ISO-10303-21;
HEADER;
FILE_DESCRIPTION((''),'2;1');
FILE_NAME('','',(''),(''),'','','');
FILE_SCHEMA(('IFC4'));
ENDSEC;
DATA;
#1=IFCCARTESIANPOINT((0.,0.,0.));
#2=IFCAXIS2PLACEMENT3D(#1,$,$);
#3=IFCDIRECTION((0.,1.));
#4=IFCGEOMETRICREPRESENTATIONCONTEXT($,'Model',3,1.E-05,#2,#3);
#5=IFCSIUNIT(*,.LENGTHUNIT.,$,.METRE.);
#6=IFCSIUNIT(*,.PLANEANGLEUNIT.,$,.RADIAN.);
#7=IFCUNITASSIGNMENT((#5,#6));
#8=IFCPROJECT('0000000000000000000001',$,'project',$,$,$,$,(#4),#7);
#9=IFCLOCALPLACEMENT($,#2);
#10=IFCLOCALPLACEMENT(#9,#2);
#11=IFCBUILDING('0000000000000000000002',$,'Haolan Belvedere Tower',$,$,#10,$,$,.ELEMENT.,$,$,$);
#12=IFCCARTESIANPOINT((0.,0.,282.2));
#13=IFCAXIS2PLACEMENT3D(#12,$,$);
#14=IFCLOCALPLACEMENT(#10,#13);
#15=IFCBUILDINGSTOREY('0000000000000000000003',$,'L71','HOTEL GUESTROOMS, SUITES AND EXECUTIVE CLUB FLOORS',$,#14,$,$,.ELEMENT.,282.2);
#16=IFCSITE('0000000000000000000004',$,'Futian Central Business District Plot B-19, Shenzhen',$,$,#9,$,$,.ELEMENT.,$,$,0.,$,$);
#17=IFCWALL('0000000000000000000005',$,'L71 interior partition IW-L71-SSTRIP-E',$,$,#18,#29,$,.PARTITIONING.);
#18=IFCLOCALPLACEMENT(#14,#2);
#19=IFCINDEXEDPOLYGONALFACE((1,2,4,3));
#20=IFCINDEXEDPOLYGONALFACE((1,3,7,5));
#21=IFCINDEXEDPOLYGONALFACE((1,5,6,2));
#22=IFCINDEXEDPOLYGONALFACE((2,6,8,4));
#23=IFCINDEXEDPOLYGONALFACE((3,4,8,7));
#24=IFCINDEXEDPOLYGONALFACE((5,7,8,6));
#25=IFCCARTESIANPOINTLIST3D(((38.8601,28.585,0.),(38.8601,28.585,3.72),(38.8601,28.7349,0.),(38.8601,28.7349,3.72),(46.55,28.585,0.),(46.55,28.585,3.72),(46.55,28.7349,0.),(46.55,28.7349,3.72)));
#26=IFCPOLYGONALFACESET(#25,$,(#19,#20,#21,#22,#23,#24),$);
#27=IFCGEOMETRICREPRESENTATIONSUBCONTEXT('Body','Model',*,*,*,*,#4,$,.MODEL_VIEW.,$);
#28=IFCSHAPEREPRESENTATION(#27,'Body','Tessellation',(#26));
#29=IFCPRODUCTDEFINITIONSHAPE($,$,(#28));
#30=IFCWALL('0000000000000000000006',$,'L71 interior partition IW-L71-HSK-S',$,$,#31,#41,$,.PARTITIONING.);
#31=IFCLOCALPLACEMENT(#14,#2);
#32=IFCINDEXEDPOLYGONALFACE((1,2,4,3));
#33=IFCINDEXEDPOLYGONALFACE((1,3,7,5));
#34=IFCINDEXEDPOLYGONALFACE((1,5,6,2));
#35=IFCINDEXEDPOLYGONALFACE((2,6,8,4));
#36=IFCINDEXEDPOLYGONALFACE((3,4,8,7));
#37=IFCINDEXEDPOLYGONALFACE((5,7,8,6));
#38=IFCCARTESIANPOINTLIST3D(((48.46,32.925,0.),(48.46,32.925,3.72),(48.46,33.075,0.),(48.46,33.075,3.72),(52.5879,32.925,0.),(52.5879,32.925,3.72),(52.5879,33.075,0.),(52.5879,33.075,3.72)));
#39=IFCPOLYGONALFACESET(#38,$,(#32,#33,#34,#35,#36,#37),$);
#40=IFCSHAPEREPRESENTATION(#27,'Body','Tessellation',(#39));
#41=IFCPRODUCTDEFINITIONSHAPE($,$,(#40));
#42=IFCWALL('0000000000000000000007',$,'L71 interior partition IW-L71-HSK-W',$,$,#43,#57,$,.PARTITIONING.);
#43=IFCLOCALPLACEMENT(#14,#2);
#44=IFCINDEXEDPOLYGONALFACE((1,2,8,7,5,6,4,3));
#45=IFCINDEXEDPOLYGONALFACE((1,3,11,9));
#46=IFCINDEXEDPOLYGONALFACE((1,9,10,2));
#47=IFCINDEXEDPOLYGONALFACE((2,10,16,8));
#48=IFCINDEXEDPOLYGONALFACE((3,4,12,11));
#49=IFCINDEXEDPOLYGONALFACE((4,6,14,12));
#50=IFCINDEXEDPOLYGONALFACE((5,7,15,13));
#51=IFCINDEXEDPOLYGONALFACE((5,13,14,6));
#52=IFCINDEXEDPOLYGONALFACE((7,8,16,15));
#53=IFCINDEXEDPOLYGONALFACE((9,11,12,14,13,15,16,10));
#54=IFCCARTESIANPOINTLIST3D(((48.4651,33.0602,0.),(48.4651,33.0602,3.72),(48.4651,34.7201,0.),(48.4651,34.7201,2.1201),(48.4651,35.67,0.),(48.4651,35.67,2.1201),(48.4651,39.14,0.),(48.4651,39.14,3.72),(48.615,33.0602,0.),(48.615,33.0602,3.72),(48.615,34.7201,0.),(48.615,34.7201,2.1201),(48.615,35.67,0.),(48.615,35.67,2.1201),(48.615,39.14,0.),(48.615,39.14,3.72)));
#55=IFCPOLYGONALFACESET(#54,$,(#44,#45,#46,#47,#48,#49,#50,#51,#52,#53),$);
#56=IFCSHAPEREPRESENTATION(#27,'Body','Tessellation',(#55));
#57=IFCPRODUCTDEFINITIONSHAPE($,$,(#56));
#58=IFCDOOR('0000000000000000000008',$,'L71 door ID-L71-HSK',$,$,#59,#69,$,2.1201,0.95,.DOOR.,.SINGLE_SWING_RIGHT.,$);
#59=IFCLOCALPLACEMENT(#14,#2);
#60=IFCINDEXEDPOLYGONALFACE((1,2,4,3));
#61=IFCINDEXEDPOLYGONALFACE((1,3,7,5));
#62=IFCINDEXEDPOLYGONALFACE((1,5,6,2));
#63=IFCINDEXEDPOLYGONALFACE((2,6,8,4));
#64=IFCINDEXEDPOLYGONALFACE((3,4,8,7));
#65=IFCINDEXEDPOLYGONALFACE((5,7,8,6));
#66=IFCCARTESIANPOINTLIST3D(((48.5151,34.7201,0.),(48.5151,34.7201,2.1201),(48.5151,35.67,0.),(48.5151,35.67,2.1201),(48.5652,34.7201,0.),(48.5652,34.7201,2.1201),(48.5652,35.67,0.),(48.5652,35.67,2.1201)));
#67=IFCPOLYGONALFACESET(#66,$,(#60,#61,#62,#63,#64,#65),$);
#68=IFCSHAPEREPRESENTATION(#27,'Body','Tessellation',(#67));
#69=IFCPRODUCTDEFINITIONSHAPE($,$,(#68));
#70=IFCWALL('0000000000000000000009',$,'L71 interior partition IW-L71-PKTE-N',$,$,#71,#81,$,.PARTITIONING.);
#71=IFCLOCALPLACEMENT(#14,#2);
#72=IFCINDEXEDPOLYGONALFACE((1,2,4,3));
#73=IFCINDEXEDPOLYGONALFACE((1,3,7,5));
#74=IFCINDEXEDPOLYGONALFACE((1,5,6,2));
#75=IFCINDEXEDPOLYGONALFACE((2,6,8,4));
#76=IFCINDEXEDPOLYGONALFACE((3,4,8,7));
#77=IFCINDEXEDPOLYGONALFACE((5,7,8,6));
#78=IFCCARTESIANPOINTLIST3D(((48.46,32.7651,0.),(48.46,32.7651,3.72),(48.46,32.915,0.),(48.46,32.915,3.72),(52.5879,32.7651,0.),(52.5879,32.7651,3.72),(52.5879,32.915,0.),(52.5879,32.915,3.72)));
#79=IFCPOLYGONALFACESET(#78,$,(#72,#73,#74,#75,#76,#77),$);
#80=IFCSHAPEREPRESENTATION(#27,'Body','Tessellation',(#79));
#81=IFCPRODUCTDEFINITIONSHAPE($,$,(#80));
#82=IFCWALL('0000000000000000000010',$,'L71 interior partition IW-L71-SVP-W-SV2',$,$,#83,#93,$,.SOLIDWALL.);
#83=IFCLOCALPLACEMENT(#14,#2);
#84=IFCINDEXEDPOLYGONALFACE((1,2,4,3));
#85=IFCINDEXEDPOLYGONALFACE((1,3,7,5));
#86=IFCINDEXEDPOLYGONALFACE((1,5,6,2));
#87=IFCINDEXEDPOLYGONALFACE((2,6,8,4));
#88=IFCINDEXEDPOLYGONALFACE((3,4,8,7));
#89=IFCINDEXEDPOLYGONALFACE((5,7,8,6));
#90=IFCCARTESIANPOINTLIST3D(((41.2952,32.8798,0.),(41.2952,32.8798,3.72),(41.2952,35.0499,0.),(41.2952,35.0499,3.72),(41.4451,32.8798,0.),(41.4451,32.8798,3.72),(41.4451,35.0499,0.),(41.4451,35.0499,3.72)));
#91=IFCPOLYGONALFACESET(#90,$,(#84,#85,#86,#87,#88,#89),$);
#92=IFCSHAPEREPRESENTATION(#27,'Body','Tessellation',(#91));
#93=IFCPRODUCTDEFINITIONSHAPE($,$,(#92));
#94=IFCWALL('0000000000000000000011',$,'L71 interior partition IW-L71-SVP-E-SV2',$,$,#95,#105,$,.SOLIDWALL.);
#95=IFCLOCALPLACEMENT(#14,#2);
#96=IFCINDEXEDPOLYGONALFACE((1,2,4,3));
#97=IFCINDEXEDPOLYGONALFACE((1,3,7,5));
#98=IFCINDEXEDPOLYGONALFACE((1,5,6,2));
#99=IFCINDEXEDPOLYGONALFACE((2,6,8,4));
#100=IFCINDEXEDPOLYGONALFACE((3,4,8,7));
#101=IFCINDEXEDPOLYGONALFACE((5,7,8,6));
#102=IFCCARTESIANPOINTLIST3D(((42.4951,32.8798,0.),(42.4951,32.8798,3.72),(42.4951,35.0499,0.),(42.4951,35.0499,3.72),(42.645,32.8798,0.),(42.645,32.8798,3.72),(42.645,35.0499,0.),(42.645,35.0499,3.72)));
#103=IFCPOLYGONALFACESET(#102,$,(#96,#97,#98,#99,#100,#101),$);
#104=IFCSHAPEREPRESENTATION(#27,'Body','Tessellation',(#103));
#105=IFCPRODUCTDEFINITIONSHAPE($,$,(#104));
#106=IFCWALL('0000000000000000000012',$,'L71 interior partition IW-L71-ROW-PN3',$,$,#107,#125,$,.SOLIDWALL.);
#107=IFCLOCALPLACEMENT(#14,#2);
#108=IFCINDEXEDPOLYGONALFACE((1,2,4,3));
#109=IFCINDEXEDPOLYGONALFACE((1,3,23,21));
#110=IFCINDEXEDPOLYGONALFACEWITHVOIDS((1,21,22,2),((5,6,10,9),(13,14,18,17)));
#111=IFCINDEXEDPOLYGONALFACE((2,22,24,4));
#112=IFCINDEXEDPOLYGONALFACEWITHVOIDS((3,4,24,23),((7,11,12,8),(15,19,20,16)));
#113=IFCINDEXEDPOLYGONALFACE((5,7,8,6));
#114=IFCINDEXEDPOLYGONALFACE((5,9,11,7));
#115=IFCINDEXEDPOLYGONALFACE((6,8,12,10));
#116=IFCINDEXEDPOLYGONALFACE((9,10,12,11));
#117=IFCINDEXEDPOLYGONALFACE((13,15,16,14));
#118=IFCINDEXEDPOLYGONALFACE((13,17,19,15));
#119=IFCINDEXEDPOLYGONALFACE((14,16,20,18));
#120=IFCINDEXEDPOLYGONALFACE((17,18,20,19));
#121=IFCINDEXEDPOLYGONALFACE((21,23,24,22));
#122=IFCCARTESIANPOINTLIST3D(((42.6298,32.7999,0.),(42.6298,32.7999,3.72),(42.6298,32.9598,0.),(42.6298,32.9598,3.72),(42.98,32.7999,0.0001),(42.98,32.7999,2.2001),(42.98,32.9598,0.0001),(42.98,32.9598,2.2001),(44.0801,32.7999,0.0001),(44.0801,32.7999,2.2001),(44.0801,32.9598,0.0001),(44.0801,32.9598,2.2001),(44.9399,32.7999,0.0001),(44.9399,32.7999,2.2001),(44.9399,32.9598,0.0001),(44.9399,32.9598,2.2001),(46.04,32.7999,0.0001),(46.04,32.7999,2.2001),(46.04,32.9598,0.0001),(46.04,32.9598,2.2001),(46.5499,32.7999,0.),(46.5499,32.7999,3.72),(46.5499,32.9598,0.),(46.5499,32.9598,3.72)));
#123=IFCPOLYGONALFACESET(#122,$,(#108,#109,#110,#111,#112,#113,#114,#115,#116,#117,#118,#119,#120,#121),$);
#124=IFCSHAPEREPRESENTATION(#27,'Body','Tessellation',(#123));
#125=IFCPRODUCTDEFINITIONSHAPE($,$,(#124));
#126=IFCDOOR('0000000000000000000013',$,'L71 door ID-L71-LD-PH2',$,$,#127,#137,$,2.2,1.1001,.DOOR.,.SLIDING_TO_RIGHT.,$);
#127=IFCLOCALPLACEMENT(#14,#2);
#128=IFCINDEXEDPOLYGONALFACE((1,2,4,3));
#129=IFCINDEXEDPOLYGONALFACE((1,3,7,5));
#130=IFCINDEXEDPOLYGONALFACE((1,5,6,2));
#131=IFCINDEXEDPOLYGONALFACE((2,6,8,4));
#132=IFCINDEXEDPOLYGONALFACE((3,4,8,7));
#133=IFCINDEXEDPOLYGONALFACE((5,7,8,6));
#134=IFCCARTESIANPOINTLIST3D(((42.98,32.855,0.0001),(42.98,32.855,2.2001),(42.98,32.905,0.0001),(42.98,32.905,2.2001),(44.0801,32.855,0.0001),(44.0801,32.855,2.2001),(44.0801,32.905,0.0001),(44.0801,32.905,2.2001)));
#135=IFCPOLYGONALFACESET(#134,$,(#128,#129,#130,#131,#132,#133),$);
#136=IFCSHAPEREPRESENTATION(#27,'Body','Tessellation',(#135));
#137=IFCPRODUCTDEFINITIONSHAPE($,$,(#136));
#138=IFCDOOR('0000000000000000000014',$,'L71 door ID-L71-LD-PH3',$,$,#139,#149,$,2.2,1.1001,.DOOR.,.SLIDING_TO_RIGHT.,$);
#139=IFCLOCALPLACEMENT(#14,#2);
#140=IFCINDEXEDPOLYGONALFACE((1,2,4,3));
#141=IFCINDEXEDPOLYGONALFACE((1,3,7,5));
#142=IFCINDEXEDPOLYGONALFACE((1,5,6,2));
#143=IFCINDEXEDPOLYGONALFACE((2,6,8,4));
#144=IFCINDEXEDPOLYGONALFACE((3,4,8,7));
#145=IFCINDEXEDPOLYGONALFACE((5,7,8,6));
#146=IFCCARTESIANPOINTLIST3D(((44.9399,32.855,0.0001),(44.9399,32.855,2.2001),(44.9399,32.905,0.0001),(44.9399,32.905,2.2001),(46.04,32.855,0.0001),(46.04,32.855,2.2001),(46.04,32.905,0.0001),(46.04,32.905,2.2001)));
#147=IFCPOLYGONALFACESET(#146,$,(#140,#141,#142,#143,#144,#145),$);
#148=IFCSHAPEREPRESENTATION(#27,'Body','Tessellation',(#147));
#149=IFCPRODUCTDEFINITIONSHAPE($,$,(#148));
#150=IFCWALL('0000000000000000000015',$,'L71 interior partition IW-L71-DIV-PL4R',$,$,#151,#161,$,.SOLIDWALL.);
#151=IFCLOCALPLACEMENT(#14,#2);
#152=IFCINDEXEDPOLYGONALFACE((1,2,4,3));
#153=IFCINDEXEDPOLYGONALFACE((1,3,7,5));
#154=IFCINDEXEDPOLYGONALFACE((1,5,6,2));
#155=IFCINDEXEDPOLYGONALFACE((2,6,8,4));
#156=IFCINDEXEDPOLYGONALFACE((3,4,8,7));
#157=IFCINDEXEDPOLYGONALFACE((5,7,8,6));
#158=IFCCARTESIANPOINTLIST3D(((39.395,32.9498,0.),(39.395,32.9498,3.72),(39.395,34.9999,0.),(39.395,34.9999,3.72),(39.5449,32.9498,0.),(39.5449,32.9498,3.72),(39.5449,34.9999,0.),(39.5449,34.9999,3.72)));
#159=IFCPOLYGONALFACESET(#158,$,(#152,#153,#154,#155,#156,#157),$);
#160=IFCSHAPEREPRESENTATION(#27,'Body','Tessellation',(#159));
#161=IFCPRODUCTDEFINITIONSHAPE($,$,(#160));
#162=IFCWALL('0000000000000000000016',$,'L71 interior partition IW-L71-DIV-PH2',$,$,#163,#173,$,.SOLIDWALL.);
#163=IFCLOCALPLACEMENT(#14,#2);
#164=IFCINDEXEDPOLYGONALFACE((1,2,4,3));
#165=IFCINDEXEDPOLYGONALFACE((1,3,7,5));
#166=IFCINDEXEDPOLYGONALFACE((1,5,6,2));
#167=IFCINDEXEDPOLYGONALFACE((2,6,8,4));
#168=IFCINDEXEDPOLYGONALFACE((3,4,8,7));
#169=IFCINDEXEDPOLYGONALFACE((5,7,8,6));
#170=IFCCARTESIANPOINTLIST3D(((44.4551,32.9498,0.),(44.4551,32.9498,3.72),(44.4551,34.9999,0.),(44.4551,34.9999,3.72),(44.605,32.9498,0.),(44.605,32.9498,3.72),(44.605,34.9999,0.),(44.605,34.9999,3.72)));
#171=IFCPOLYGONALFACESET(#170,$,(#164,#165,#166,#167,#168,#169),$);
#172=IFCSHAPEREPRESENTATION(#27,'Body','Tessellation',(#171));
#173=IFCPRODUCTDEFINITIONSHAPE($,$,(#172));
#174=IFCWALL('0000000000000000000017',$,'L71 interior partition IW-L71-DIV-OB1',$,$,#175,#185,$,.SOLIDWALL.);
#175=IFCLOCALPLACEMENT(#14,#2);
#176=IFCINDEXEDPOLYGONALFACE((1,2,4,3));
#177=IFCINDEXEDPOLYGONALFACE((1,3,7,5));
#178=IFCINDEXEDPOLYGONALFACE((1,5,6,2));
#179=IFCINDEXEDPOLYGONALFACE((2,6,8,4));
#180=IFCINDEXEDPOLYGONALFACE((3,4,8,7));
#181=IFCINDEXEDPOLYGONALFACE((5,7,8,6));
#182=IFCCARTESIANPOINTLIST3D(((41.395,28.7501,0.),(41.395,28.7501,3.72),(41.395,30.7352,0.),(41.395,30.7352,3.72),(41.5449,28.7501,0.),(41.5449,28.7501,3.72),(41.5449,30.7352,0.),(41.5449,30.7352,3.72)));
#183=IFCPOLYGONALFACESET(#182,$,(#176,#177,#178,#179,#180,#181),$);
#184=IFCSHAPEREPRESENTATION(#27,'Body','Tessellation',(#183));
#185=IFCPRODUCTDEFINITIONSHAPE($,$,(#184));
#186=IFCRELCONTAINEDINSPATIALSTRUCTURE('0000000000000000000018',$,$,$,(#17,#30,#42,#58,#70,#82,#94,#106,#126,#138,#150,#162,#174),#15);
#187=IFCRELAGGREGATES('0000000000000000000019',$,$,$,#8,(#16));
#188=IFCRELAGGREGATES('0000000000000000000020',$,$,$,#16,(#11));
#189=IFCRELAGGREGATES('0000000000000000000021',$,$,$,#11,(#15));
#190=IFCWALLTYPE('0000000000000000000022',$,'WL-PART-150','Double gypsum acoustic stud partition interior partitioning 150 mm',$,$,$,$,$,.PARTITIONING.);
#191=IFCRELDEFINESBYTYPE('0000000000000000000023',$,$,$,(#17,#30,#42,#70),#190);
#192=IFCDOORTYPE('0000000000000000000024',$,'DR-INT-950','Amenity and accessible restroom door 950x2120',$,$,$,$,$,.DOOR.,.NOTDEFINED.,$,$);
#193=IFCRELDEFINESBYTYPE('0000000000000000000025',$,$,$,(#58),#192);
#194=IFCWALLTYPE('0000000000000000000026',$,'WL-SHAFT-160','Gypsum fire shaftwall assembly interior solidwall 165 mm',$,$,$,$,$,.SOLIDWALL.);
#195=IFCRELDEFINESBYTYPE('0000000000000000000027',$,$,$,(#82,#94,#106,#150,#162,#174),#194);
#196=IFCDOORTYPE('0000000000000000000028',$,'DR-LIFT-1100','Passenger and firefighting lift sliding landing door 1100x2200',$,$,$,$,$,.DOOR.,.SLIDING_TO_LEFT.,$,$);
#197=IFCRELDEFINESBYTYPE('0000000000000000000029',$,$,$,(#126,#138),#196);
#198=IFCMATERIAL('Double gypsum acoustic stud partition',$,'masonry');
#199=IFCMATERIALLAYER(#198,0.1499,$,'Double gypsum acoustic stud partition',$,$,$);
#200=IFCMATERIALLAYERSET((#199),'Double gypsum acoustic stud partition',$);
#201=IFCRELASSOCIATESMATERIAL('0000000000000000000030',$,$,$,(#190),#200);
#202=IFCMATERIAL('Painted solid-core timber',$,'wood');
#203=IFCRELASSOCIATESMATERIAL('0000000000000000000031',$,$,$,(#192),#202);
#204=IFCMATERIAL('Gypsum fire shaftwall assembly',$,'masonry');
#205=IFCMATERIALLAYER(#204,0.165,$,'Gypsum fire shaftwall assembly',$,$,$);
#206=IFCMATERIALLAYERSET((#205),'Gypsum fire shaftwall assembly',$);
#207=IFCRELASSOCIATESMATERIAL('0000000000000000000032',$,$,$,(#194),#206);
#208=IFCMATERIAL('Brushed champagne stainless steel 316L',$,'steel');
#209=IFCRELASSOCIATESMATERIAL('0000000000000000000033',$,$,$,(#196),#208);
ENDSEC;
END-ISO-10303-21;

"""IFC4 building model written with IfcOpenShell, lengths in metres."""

from ifc_helpers import new_model, si_unit, direction, frame, frame_2d, origin, place, context, subcontext, project, spatial, rectangle, extrude, material, layer, layer_set, type_object, element, fill, save


model = new_model("IFC4")

# Units and contexts
model_context = context("Model", 3, precision=1e-05, world=origin(), true_north=direction((0.0, 1.0)))
body_context = subcontext(model_context, "Body", "Model", "MODEL_VIEW")
ifc_project = project(units=[si_unit("LENGTHUNIT", "METRE"), si_unit("PLANEANGLEUNIT", "RADIAN")], contexts=[model_context])

# Site, building, storey
site_placement = place(None, origin())
site = spatial("IfcSite", under=ifc_project, at=site_placement, Name="Futian Central Business District Plot B-19, Shenzhen", CompositionType="ELEMENT", RefElevation=0.0)
building_placement = place(site_placement, origin())
building = spatial("IfcBuilding", under=site, at=building_placement, Name="Haolan Belvedere Tower", CompositionType="ELEMENT")
storey_placement = place(building_placement, frame((0.0, 0.0, 282.2)))
storey = spatial("IfcBuildingStorey", under=building, at=storey_placement, Name="L71", Description="HOTEL GUESTROOMS, SUITES AND EXECUTIVE CLUB FLOORS", CompositionType="ELEMENT", Elevation=282.2)

# Walls
ifc_material_1 = material(Name="Double gypsum acoustic stud partition", Category="masonry")
ifc_layer_1 = layer(ifc_material_1, 0.1499, Name="Double gypsum acoustic stud partition")
ifc_layer_set_1 = layer_set([ifc_layer_1], Name="Double gypsum acoustic stud partition")
wall_type_1 = type_object("IfcWallType", Name="WL-PART-150", Description="Double gypsum acoustic stud partition interior partitioning 150 mm", PredefinedType="PARTITIONING", material=ifc_layer_set_1)
wall_1_placement = place(storey_placement, frame((38.8601, 28.6599, 0.0), z_axis=(0.0, 0.0, 1.0), x_axis=(1.0, 0.0, 0.0)))
element("IfcWall", 1, at=wall_1_placement, inside=storey, type_object=wall_type_1, Name="L71 interior partition IW-L71-SSTRIP-E", PredefinedType="PARTITIONING", context=body_context, shape_type="SweptSolid", body=[
    extrude(rectangle(XDim=7.6899, YDim=0.1499, at=frame_2d((3.845, 0.0))), origin(), (0.0, 0.0, 1.0), 3.72),
])
wall_2_placement = place(storey_placement, frame((48.46, 33.0, 0.0), z_axis=(0.0, 0.0, 1.0), x_axis=(1.0, 0.0, 0.0)))
element("IfcWall", 2, at=wall_2_placement, inside=storey, type_object=wall_type_1, Name="L71 interior partition IW-L71-HSK-S", PredefinedType="PARTITIONING", context=body_context, shape_type="SweptSolid", body=[
    extrude(rectangle(XDim=4.1279, YDim=0.1499, at=frame_2d((2.064, 0.0))), origin(), (0.0, 0.0, 1.0), 3.72),
])

# Wall, opening, door
wall_3_placement = place(storey_placement, frame((48.54, 33.0601, 0.0), z_axis=(0.0, 0.0, 1.0), x_axis=(0.0, 1.0, 0.0)))
wall_3 = element("IfcWall", 3, at=wall_3_placement, inside=storey, type_object=wall_type_1, Name="L71 interior partition IW-L71-HSK-W", PredefinedType="PARTITIONING", context=body_context, shape_type="SweptSolid", body=[
    extrude(rectangle(XDim=6.0798, YDim=0.1499, at=frame_2d((3.04, 0.0))), origin(), (0.0, 0.0, 1.0), 3.72),
])
opening_1_placement = place(wall_3_placement, frame((1.6599, 0.0, 0.0)))
opening_1 = element("IfcOpeningElement", 4, at=opening_1_placement, cuts=wall_3, PredefinedType="OPENING", context=body_context, shape_type="SweptSolid", body=[
    extrude(rectangle(XDim=0.95, YDim=2.1201, at=frame_2d((0.4751, 1.0601))), frame((0.0, 0.085, 0.0), z_axis=(0.0, -1.0, 0.0), x_axis=(1.0, 0.0, 0.0)), (0.0, 0.0, 1.0), 0.1699),
])
ifc_material_2 = material(Name="Painted solid-core timber", Category="wood")
door_type_1 = type_object("IfcDoorType", Name="DR-INT-950", Description="Amenity and accessible restroom door 950x2120", OperationType="NOTDEFINED", PredefinedType="DOOR", material=ifc_material_2)
door_1_placement = place(opening_1_placement, origin())
door_1 = element("IfcDoor", 5, at=door_1_placement, inside=storey, type_object=door_type_1, Name="L71 door ID-L71-HSK", OperationType="SINGLE_SWING_RIGHT", OverallHeight=2.1201, OverallWidth=0.95, PredefinedType="DOOR", context=body_context, shape_type="SweptSolid", body=[
    extrude(rectangle(XDim=0.95, YDim=2.1201, at=frame_2d((0.4751, 1.0601))), frame((0.0, 0.0249, 0.0), z_axis=(0.0, -1.0, 0.0), x_axis=(1.0, 0.0, 0.0)), (0.0, 0.0, 1.0), 0.05),
])
fill(opening_1, door_1)

# Walls
wall_4_placement = place(storey_placement, frame((48.46, 32.8401, 0.0), z_axis=(0.0, 0.0, 1.0), x_axis=(1.0, 0.0, 0.0)))
element("IfcWall", 6, at=wall_4_placement, inside=storey, type_object=wall_type_1, Name="L71 interior partition IW-L71-PKTE-N", PredefinedType="PARTITIONING", context=body_context, shape_type="SweptSolid", body=[
    extrude(rectangle(XDim=4.1279, YDim=0.1499, at=frame_2d((2.064, 0.0))), origin(), (0.0, 0.0, 1.0), 3.72),
])
ifc_material_3 = material(Name="Gypsum fire shaftwall assembly", Category="masonry")
ifc_layer_2 = layer(ifc_material_3, 0.165, Name="Gypsum fire shaftwall assembly")
ifc_layer_set_2 = layer_set([ifc_layer_2], Name="Gypsum fire shaftwall assembly")
wall_type_2 = type_object("IfcWallType", Name="WL-SHAFT-160", Description="Gypsum fire shaftwall assembly interior solidwall 165 mm", PredefinedType="SOLIDWALL", material=ifc_layer_set_2)
for number, where, z_axis, x_axis, name in (
    (7, (41.3701, 32.8799, 0.0), (0.0, 0.0, 1.0), (0.0, 1.0, 0.0), "L71 interior partition IW-L71-SVP-W-SV2"),
    (8, (42.5701, 32.8799, 0.0), (0.0, 0.0, 1.0), (0.0, 1.0, 0.0), "L71 interior partition IW-L71-SVP-E-SV2"),
):
    element("IfcWall", number, at=place(storey_placement, frame(where, z_axis=z_axis, x_axis=x_axis)), inside=storey, type_object=wall_type_2, Name=name, PredefinedType="SOLIDWALL", context=body_context, shape_type="SweptSolid", body=[
        extrude(rectangle(XDim=2.1702, YDim=0.1499, at=frame_2d((1.085, 0.0))), origin(), (0.0, 0.0, 1.0), 3.72),
    ])

# Wall, openings, doors
wall_5_placement = place(storey_placement, frame((42.6299, 32.8799, 0.0), z_axis=(0.0, 0.0, 1.0), x_axis=(1.0, 0.0, 0.0)))
wall_5 = element("IfcWall", 9, at=wall_5_placement, inside=storey, type_object=wall_type_2, Name="L71 interior partition IW-L71-ROW-PN3", PredefinedType="SOLIDWALL", context=body_context, shape_type="SweptSolid", body=[
    extrude(rectangle(XDim=3.9202, YDim=0.1599, at=frame_2d((1.96, 0.0))), origin(), (0.0, 0.0, 1.0), 3.72),
])
opening_2_placement = place(wall_5_placement, frame((1.4502, 0.0, 0.0), z_axis=(0.0, 0.0, 1.0), x_axis=(-1.0, 0.0, 0.0)))
opening_2 = element("IfcOpeningElement", 10, at=opening_2_placement, cuts=wall_5, PredefinedType="OPENING", context=body_context, shape_type="SweptSolid", body=[
    extrude(rectangle(XDim=1.1001, YDim=2.2, at=frame_2d((0.55, 1.1001))), frame((0.0, 0.0898, 0.0), z_axis=(0.0, -1.0, 0.0), x_axis=(1.0, 0.0, 0.0)), (0.0, 0.0, 1.0), 0.1799),
])
opening_3_placement = place(wall_5_placement, frame((3.4102, 0.0, 0.0), z_axis=(0.0, 0.0, 1.0), x_axis=(-1.0, 0.0, 0.0)))
opening_3 = element("IfcOpeningElement", 11, at=opening_3_placement, cuts=wall_5, PredefinedType="OPENING", context=body_context, shape_type="SweptSolid", body=[
    extrude(rectangle(XDim=1.1001, YDim=2.2, at=frame_2d((0.55, 1.1001))), frame((0.0, 0.0898, 0.0), z_axis=(0.0, -1.0, 0.0), x_axis=(1.0, 0.0, 0.0)), (0.0, 0.0, 1.0), 0.1799),
])
ifc_material_4 = material(Name="Brushed champagne stainless steel 316L", Category="steel")
door_type_2 = type_object("IfcDoorType", Name="DR-LIFT-1100", Description="Passenger and firefighting lift sliding landing door 1100x2200", OperationType="SLIDING_TO_LEFT", PredefinedType="DOOR", material=ifc_material_4)
door_2_placement = place(opening_2_placement, origin())
door_2 = element("IfcDoor", 12, at=door_2_placement, inside=storey, type_object=door_type_2, Name="L71 door ID-L71-LD-PH2", OperationType="SLIDING_TO_RIGHT", OverallHeight=2.2, OverallWidth=1.1001, PredefinedType="DOOR", context=body_context, shape_type="SweptSolid", body=[
    extrude(rectangle(XDim=1.1001, YDim=2.2, at=frame_2d((0.55, 1.1001))), frame((0.0, 0.0249, 0.0), z_axis=(0.0, -1.0, 0.0), x_axis=(1.0, 0.0, 0.0)), (0.0, 0.0, 1.0), 0.05),
])
fill(opening_2, door_2)
door_3_placement = place(opening_3_placement, origin())
door_3 = element("IfcDoor", 13, at=door_3_placement, inside=storey, type_object=door_type_2, Name="L71 door ID-L71-LD-PH3", OperationType="SLIDING_TO_RIGHT", OverallHeight=2.2, OverallWidth=1.1001, PredefinedType="DOOR", context=body_context, shape_type="SweptSolid", body=[
    extrude(rectangle(XDim=1.1001, YDim=2.2, at=frame_2d((0.55, 1.1001))), frame((0.0, 0.0249, 0.0), z_axis=(0.0, -1.0, 0.0), x_axis=(1.0, 0.0, 0.0)), (0.0, 0.0, 1.0), 0.05),
])
fill(opening_3, door_3)

# Walls
for number, where, z_axis, x_axis, name in (
    (14, (39.47, 32.95, 0.0), (0.0, 0.0, 1.0), (0.0, 1.0, 0.0), "L71 interior partition IW-L71-DIV-PL4R"),
    (15, (44.53, 32.95, 0.0), (0.0, 0.0, 1.0), (0.0, 1.0, 0.0), "L71 interior partition IW-L71-DIV-PH2"),
):
    element("IfcWall", number, at=place(storey_placement, frame(where, z_axis=z_axis, x_axis=x_axis)), inside=storey, type_object=wall_type_2, Name=name, PredefinedType="SOLIDWALL", context=body_context, shape_type="SweptSolid", body=[
        extrude(rectangle(XDim=2.05, YDim=0.1499, at=frame_2d((1.0249, 0.0))), origin(), (0.0, 0.0, 1.0), 3.72),
    ])
for number, where, z_axis, x_axis, name in (
    (16, (41.47, 28.75, 0.0), (0.0, 0.0, 1.0), (0.0, 1.0, 0.0), "L71 interior partition IW-L71-DIV-OB1"),
):
    element("IfcWall", number, at=place(storey_placement, frame(where, z_axis=z_axis, x_axis=x_axis)), inside=storey, type_object=wall_type_2, Name=name, PredefinedType="SOLIDWALL", context=body_context, shape_type="SweptSolid", body=[
        extrude(rectangle(XDim=1.9851, YDim=0.1499, at=frame_2d((0.9927, 0.0))), origin(), (0.0, 0.0, 1.0), 3.72),
    ])

save(model, "model.ifc")
